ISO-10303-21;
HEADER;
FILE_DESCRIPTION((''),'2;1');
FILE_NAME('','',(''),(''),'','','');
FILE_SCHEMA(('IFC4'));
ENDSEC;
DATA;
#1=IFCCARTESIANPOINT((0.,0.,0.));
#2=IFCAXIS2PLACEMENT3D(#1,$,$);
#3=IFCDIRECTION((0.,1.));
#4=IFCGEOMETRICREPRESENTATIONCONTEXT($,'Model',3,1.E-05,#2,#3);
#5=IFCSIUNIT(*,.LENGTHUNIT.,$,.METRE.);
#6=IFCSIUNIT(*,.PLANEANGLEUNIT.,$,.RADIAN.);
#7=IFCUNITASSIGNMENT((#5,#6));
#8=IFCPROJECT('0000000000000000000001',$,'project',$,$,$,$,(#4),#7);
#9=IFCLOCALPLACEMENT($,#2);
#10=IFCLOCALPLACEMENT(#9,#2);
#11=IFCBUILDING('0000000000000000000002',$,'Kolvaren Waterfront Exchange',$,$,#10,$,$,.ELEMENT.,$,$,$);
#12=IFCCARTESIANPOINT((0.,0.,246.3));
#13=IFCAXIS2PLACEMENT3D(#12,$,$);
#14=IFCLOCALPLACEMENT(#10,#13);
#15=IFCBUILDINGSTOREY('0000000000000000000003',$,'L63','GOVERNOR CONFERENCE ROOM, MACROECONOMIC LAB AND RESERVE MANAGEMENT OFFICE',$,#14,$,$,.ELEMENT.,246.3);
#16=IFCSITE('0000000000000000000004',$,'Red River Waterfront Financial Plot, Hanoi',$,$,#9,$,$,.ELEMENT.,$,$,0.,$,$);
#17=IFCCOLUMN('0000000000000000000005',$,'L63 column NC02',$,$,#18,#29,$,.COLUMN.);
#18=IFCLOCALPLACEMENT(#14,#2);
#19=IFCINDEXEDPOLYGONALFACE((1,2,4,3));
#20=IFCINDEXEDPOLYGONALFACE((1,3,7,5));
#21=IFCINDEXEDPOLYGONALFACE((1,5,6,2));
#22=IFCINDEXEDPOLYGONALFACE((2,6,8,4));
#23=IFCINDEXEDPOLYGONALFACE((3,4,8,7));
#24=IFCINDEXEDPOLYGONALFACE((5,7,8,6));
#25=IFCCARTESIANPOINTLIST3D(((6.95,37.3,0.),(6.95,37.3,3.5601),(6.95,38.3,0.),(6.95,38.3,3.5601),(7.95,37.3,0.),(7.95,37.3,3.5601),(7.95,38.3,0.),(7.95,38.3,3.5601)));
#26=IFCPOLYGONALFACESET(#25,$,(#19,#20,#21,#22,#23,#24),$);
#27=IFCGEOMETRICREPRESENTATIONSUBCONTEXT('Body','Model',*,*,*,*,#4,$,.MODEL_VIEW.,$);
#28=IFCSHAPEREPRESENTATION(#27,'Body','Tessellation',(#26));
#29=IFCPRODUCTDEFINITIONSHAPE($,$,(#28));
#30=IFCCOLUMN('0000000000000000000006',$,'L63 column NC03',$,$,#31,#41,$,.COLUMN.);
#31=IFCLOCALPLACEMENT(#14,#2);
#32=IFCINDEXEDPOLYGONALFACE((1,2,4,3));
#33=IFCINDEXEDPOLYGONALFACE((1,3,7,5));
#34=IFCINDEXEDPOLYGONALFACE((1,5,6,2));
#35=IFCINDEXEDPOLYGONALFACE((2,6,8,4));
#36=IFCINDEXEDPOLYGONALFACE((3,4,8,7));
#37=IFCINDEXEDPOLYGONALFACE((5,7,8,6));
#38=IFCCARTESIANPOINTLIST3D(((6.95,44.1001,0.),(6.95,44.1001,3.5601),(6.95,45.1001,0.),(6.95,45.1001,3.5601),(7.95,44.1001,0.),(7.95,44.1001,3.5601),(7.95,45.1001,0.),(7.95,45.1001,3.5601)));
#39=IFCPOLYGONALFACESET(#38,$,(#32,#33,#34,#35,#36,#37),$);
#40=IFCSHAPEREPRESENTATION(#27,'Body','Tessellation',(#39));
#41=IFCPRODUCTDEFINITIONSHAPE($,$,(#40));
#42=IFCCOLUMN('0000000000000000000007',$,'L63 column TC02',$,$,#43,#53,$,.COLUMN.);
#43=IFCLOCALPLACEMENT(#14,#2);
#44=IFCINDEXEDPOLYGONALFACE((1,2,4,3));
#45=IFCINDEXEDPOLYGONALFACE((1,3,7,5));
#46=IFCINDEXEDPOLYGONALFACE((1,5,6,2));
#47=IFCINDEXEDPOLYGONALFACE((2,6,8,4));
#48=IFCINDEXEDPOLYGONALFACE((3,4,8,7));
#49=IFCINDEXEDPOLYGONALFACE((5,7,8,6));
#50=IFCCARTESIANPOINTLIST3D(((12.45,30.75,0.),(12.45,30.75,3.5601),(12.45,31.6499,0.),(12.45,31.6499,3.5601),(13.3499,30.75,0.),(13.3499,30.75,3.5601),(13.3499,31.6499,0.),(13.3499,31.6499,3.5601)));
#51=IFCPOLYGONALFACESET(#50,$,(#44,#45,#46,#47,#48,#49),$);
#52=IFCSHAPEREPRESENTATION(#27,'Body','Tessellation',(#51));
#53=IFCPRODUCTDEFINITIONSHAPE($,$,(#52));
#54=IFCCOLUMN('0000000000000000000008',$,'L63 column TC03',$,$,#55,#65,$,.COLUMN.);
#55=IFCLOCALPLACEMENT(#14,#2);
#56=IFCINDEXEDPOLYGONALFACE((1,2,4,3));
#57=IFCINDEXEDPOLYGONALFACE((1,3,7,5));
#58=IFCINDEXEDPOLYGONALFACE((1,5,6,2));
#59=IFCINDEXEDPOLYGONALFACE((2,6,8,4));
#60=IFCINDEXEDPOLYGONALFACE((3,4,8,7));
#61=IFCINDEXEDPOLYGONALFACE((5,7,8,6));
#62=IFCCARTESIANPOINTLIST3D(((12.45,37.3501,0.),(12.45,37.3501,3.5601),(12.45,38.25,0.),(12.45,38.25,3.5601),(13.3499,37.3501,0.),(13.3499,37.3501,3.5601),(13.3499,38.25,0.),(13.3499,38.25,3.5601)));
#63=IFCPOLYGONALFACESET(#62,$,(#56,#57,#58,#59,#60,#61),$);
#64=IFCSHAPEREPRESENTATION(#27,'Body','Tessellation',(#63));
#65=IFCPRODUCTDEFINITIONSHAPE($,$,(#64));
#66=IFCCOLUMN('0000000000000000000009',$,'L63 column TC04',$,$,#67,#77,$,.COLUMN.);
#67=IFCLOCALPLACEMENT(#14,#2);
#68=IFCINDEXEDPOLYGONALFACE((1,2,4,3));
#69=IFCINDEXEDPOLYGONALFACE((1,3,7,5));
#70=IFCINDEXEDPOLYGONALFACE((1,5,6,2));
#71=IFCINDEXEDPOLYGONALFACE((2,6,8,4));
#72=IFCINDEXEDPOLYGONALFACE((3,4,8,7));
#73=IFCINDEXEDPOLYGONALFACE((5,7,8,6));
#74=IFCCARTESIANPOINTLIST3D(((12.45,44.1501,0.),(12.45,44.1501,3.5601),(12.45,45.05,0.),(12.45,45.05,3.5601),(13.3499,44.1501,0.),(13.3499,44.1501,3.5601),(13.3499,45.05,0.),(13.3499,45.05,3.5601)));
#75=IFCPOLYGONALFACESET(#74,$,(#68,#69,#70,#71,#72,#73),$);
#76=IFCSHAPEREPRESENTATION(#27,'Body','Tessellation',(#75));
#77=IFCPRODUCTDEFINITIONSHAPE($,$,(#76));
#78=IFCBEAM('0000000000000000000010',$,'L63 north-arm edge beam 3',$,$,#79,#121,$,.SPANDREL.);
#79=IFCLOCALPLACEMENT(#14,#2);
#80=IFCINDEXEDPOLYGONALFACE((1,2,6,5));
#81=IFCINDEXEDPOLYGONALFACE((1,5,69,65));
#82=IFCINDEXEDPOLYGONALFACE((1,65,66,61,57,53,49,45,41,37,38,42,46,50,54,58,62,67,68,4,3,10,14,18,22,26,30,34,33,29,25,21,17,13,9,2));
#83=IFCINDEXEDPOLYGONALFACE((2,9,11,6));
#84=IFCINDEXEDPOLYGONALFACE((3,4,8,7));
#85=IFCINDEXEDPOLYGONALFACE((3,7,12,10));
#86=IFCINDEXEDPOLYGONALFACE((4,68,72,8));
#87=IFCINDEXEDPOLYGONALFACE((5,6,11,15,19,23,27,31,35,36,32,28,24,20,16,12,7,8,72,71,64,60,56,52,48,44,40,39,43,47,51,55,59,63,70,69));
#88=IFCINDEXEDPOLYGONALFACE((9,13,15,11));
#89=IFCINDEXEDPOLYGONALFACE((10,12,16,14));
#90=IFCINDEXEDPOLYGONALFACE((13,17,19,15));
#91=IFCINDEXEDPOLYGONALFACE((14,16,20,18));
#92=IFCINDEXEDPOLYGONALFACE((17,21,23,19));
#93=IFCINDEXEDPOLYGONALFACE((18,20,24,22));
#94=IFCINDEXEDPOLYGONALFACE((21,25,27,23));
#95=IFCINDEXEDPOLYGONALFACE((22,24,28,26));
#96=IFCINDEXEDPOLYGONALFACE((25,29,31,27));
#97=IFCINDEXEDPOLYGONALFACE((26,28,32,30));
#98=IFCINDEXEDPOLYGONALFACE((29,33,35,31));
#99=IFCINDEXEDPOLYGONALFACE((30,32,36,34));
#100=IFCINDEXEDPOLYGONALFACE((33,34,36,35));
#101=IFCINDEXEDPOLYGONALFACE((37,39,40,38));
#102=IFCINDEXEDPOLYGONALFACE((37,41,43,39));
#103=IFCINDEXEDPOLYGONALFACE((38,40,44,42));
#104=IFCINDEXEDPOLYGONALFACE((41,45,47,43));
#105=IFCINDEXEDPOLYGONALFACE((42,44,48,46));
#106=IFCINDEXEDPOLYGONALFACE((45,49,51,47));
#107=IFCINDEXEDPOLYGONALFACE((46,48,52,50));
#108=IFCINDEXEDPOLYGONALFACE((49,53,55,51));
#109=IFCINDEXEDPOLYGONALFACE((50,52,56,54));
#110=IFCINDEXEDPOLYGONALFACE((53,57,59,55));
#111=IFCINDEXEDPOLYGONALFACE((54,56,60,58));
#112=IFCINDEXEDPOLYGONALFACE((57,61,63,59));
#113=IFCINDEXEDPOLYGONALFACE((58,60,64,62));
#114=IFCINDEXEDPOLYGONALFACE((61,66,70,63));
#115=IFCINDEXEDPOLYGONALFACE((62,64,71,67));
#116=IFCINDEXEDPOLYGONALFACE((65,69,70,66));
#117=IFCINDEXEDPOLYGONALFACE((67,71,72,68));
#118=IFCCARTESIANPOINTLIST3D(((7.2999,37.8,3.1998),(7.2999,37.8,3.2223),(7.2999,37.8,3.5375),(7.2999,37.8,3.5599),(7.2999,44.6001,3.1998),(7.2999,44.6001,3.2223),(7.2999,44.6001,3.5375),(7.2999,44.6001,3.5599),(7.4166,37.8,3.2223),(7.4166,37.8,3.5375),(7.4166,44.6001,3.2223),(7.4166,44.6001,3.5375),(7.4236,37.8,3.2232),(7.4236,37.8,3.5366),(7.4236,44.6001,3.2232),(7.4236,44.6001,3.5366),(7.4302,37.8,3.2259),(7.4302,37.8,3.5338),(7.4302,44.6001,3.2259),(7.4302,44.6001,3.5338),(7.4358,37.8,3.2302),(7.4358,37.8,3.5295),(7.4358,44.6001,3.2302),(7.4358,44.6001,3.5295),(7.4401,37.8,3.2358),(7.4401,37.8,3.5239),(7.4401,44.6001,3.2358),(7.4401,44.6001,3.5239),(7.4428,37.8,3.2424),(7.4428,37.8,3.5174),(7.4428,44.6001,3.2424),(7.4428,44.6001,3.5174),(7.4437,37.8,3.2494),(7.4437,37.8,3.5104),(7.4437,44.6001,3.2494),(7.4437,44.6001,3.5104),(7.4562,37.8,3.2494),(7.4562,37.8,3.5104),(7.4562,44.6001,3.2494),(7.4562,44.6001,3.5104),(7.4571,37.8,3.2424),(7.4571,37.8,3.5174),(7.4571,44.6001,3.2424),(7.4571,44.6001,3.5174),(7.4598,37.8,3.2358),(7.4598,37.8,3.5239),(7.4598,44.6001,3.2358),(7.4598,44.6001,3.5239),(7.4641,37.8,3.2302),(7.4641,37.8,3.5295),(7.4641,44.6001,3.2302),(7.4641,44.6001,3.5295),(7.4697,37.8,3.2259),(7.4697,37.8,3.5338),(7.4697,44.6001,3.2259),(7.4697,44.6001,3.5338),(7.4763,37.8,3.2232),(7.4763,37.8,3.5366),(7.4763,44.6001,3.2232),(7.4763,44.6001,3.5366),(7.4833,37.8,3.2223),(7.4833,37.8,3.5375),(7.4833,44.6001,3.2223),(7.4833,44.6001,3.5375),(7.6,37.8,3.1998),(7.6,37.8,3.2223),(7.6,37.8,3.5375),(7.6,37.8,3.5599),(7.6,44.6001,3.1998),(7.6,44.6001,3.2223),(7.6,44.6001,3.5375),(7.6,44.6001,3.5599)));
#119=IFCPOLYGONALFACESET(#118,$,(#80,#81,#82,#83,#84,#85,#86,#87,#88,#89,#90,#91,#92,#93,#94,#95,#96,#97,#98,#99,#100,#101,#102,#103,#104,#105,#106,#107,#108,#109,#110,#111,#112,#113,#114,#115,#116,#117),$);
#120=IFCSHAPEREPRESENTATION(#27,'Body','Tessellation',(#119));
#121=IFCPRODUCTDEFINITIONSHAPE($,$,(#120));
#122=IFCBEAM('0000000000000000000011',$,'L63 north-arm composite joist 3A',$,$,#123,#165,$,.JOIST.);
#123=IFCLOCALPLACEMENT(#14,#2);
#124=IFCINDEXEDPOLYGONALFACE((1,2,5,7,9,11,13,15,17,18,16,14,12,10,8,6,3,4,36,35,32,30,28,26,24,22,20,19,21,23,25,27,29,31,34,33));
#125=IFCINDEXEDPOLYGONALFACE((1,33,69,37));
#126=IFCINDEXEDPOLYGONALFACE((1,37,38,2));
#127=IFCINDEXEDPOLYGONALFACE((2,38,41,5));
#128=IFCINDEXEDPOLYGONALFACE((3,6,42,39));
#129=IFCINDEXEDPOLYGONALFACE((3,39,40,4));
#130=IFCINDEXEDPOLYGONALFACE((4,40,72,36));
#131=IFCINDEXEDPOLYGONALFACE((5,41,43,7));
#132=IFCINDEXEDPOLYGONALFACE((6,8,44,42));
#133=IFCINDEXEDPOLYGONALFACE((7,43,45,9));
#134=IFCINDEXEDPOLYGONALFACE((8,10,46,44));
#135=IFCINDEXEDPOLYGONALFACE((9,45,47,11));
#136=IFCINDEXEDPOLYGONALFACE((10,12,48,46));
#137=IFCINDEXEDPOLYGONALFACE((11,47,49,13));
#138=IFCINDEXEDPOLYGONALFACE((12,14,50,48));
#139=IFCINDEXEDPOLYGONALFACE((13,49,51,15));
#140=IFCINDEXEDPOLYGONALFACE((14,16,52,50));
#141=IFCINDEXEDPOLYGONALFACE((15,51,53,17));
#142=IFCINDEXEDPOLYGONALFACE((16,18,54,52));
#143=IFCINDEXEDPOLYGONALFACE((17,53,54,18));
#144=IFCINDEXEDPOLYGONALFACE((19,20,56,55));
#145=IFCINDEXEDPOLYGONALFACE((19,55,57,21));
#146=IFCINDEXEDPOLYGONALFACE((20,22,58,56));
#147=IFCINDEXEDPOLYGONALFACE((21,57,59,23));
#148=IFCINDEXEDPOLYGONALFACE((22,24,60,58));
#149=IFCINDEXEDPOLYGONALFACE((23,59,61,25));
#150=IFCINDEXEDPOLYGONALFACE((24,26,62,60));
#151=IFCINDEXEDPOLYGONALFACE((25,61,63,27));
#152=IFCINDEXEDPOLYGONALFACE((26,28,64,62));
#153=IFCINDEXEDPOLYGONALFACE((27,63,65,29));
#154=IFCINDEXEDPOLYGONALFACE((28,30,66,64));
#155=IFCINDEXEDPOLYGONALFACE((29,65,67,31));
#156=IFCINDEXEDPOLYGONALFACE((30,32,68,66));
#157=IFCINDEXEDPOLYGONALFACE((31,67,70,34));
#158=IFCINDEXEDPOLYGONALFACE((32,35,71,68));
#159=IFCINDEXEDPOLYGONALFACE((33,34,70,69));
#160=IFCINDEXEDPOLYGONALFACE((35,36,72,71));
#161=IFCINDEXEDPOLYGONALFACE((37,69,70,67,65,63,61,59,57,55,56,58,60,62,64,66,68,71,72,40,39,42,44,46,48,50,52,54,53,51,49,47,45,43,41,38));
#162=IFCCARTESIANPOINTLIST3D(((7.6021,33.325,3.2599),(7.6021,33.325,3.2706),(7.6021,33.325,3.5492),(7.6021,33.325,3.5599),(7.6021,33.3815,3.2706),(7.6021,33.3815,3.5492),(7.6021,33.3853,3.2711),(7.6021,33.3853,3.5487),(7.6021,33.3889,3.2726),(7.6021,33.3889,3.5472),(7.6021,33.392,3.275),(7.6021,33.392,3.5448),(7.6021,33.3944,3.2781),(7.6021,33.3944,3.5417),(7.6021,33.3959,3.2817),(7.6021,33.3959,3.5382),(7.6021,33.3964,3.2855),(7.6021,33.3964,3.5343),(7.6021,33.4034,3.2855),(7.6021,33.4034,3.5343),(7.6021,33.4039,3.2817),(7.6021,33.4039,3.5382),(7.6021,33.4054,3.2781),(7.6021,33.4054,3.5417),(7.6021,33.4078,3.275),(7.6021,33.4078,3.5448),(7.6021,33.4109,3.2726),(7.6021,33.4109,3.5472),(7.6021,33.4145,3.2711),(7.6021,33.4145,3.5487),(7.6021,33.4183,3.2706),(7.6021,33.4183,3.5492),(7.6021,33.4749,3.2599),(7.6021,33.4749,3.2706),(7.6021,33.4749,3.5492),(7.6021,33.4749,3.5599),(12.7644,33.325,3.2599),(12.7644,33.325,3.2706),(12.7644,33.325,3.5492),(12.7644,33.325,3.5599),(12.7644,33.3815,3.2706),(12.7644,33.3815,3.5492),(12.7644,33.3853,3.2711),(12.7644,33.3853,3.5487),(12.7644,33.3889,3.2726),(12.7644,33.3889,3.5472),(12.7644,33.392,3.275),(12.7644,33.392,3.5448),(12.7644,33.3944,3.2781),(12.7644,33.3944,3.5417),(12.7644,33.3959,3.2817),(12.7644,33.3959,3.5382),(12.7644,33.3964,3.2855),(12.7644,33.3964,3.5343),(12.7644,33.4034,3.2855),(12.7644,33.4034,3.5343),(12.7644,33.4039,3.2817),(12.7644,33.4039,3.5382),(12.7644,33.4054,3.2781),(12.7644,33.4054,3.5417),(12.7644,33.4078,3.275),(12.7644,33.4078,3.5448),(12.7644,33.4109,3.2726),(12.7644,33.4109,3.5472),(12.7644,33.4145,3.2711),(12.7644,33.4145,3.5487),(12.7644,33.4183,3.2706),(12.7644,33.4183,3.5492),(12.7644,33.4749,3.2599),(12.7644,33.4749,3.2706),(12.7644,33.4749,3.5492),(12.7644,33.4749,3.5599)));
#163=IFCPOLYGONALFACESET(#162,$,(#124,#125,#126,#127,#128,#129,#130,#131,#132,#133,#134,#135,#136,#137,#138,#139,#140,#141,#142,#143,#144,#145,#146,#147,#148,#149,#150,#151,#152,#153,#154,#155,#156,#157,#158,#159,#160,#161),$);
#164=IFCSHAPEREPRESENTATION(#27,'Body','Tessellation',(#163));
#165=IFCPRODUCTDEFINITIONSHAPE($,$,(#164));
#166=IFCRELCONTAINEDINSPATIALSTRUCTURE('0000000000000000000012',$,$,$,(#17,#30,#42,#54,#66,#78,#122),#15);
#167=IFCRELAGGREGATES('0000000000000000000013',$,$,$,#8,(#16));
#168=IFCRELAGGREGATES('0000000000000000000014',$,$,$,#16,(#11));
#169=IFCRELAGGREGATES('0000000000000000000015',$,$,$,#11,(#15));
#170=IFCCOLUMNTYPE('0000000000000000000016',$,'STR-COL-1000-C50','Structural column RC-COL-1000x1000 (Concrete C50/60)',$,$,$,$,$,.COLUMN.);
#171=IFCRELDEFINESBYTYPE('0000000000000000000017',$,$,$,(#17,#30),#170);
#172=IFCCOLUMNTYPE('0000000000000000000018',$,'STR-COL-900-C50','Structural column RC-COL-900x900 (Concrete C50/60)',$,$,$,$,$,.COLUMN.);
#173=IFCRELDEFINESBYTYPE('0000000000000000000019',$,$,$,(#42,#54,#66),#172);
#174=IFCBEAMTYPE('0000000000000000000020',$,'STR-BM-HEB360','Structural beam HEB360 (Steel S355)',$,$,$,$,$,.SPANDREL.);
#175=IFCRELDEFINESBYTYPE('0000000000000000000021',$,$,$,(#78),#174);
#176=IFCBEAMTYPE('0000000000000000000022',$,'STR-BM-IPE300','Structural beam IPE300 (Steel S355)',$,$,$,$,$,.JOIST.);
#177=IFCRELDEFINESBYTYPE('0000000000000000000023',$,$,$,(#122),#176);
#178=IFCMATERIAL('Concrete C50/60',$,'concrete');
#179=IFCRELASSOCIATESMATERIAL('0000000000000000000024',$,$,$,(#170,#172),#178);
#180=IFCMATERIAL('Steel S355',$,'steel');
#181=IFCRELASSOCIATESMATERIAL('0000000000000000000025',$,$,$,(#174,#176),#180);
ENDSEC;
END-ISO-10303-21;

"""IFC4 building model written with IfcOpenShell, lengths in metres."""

from ifc_helpers import new_model, si_unit, direction, frame, origin, origin_2d, place, context, subcontext, project, spatial, rectangle, i_section, extrude, material, material_profile, profile_set, type_object, element, save


model = new_model("IFC4")

# Units and contexts
model_context = context("Model", 3, precision=1e-05, world=origin(), true_north=direction((0.0, 1.0)))
body_context = subcontext(model_context, "Body", "Model", "MODEL_VIEW")
ifc_project = project(units=[si_unit("LENGTHUNIT", "METRE"), si_unit("PLANEANGLEUNIT", "RADIAN")], contexts=[model_context])

# Site, building, storey
site_placement = place(None, origin())
site = spatial("IfcSite", under=ifc_project, at=site_placement, Name="Red River Waterfront Financial Plot, Hanoi", CompositionType="ELEMENT", RefElevation=0.0)
building_placement = place(site_placement, origin())
building = spatial("IfcBuilding", under=site, at=building_placement, Name="Kolvaren Waterfront Exchange", CompositionType="ELEMENT")
storey_placement = place(building_placement, frame((0.0, 0.0, 246.3)))
storey = spatial("IfcBuildingStorey", under=building, at=storey_placement, Name="L63", Description="GOVERNOR CONFERENCE ROOM, MACROECONOMIC LAB AND RESERVE MANAGEMENT OFFICE", CompositionType="ELEMENT", Elevation=246.3)

# Columns
ifc_material_1 = material(Name="Concrete C50/60", Category="concrete")
ifc_material_profile_1 = material_profile(ifc_material_1, rectangle(XDim=1.0, YDim=1.0, at=origin_2d()), Name="RC-COL-1000x1000")
ifc_profile_set_1 = profile_set([ifc_material_profile_1], Name="Concrete C50/60")
column_type_1 = type_object("IfcColumnType", Name="STR-COL-1000-C50", Description="Structural column RC-COL-1000x1000 (Concrete C50/60)", PredefinedType="COLUMN", material=ifc_profile_set_1)
for number, where, z_axis, x_axis, name in (
    (1, (7.45, 37.8, 0.0), (0.0, 0.0, 1.0), (1.0, 0.0, 0.0), "L63 column NC02"),
    (2, (7.45, 44.6001, 0.0), (0.0, 0.0, 1.0), (1.0, 0.0, 0.0), "L63 column NC03"),
):
    element("IfcColumn", number, at=place(storey_placement, frame(where, z_axis=z_axis, x_axis=x_axis)), inside=storey, type_object=column_type_1, Name=name, PredefinedType="COLUMN", context=body_context, shape_type="SweptSolid", body=[
        extrude(rectangle(XDim=1.0, YDim=1.0, at=origin_2d()), origin(), (0.0, 0.0, 1.0), 3.5601),
    ])
ifc_material_profile_2 = material_profile(ifc_material_1, rectangle(XDim=0.8999, YDim=0.8999, at=origin_2d()), Name="RC-COL-900x900")
ifc_profile_set_2 = profile_set([ifc_material_profile_2], Name="Concrete C50/60")
column_type_2 = type_object("IfcColumnType", Name="STR-COL-900-C50", Description="Structural column RC-COL-900x900 (Concrete C50/60)", PredefinedType="COLUMN", material=ifc_profile_set_2)
for number, where, z_axis, x_axis, name in (
    (3, (12.8999, 31.2, 0.0), (0.0, 0.0, 1.0), (1.0, 0.0, 0.0), "L63 column TC02"),
    (4, (12.8999, 37.8, 0.0), (0.0, 0.0, 1.0), (1.0, 0.0, 0.0), "L63 column TC03"),
    (5, (12.8999, 44.6001, 0.0), (0.0, 0.0, 1.0), (1.0, 0.0, 0.0), "L63 column TC04"),
):
    element("IfcColumn", number, at=place(storey_placement, frame(where, z_axis=z_axis, x_axis=x_axis)), inside=storey, type_object=column_type_2, Name=name, PredefinedType="COLUMN", context=body_context, shape_type="SweptSolid", body=[
        extrude(rectangle(XDim=0.8999, YDim=0.8999, at=origin_2d()), origin(), (0.0, 0.0, 1.0), 3.5601),
    ])

# Beams
ifc_material_2 = material(Name="Steel S355", Category="steel")
ifc_material_profile_3 = material_profile(ifc_material_2, i_section(OverallWidth=0.3, OverallDepth=0.3601, WebThickness=0.0125, FlangeThickness=0.0225, FilletRadius=0.0271, at=origin_2d()), Name="HEB360")
ifc_profile_set_3 = profile_set([ifc_material_profile_3], Name="Steel S355")
beam_type_1 = type_object("IfcBeamType", Name="STR-BM-HEB360", Description="Structural beam HEB360 (Steel S355)", PredefinedType="SPANDREL", material=ifc_profile_set_3)
beam_1_placement = place(storey_placement, frame((7.45, 37.8, 3.3799), z_axis=(0.0, 1.0, 0.0), x_axis=(-1.0, 0.0, 0.0)))
element("IfcBeam", 6, at=beam_1_placement, inside=storey, type_object=beam_type_1, Name="L63 north-arm edge beam 3", PredefinedType="SPANDREL", context=body_context, shape_type="SweptSolid", body=[
    extrude(i_section(OverallWidth=0.3, OverallDepth=0.3601, WebThickness=0.0125, FlangeThickness=0.0225, FilletRadius=0.0271, at=origin_2d()), origin(), (0.0, 0.0, 1.0), 6.8),
])
ifc_material_profile_4 = material_profile(ifc_material_2, i_section(OverallWidth=0.1499, OverallDepth=0.3, WebThickness=0.0071, FlangeThickness=0.0107, FilletRadius=0.0149, at=origin_2d()), Name="IPE300")
ifc_profile_set_4 = profile_set([ifc_material_profile_4], Name="Steel S355")
beam_type_2 = type_object("IfcBeamType", Name="STR-BM-IPE300", Description="Structural beam IPE300 (Steel S355)", PredefinedType="JOIST", material=ifc_profile_set_4)
beam_2_placement = place(storey_placement, frame((7.6021, 33.3999, 3.4099), z_axis=(1.0, 0.0, 0.0), x_axis=(0.0, 1.0, 0.0)))
element("IfcBeam", 7, at=beam_2_placement, inside=storey, type_object=beam_type_2, Name="L63 north-arm composite joist 3A", PredefinedType="JOIST", context=body_context, shape_type="SweptSolid", body=[
    extrude(i_section(OverallWidth=0.1499, OverallDepth=0.3, WebThickness=0.0071, FlangeThickness=0.0107, FilletRadius=0.0149, at=origin_2d()), origin(), (0.0, 0.0, 1.0), 5.1624),
])

save(model, "model.ifc")
